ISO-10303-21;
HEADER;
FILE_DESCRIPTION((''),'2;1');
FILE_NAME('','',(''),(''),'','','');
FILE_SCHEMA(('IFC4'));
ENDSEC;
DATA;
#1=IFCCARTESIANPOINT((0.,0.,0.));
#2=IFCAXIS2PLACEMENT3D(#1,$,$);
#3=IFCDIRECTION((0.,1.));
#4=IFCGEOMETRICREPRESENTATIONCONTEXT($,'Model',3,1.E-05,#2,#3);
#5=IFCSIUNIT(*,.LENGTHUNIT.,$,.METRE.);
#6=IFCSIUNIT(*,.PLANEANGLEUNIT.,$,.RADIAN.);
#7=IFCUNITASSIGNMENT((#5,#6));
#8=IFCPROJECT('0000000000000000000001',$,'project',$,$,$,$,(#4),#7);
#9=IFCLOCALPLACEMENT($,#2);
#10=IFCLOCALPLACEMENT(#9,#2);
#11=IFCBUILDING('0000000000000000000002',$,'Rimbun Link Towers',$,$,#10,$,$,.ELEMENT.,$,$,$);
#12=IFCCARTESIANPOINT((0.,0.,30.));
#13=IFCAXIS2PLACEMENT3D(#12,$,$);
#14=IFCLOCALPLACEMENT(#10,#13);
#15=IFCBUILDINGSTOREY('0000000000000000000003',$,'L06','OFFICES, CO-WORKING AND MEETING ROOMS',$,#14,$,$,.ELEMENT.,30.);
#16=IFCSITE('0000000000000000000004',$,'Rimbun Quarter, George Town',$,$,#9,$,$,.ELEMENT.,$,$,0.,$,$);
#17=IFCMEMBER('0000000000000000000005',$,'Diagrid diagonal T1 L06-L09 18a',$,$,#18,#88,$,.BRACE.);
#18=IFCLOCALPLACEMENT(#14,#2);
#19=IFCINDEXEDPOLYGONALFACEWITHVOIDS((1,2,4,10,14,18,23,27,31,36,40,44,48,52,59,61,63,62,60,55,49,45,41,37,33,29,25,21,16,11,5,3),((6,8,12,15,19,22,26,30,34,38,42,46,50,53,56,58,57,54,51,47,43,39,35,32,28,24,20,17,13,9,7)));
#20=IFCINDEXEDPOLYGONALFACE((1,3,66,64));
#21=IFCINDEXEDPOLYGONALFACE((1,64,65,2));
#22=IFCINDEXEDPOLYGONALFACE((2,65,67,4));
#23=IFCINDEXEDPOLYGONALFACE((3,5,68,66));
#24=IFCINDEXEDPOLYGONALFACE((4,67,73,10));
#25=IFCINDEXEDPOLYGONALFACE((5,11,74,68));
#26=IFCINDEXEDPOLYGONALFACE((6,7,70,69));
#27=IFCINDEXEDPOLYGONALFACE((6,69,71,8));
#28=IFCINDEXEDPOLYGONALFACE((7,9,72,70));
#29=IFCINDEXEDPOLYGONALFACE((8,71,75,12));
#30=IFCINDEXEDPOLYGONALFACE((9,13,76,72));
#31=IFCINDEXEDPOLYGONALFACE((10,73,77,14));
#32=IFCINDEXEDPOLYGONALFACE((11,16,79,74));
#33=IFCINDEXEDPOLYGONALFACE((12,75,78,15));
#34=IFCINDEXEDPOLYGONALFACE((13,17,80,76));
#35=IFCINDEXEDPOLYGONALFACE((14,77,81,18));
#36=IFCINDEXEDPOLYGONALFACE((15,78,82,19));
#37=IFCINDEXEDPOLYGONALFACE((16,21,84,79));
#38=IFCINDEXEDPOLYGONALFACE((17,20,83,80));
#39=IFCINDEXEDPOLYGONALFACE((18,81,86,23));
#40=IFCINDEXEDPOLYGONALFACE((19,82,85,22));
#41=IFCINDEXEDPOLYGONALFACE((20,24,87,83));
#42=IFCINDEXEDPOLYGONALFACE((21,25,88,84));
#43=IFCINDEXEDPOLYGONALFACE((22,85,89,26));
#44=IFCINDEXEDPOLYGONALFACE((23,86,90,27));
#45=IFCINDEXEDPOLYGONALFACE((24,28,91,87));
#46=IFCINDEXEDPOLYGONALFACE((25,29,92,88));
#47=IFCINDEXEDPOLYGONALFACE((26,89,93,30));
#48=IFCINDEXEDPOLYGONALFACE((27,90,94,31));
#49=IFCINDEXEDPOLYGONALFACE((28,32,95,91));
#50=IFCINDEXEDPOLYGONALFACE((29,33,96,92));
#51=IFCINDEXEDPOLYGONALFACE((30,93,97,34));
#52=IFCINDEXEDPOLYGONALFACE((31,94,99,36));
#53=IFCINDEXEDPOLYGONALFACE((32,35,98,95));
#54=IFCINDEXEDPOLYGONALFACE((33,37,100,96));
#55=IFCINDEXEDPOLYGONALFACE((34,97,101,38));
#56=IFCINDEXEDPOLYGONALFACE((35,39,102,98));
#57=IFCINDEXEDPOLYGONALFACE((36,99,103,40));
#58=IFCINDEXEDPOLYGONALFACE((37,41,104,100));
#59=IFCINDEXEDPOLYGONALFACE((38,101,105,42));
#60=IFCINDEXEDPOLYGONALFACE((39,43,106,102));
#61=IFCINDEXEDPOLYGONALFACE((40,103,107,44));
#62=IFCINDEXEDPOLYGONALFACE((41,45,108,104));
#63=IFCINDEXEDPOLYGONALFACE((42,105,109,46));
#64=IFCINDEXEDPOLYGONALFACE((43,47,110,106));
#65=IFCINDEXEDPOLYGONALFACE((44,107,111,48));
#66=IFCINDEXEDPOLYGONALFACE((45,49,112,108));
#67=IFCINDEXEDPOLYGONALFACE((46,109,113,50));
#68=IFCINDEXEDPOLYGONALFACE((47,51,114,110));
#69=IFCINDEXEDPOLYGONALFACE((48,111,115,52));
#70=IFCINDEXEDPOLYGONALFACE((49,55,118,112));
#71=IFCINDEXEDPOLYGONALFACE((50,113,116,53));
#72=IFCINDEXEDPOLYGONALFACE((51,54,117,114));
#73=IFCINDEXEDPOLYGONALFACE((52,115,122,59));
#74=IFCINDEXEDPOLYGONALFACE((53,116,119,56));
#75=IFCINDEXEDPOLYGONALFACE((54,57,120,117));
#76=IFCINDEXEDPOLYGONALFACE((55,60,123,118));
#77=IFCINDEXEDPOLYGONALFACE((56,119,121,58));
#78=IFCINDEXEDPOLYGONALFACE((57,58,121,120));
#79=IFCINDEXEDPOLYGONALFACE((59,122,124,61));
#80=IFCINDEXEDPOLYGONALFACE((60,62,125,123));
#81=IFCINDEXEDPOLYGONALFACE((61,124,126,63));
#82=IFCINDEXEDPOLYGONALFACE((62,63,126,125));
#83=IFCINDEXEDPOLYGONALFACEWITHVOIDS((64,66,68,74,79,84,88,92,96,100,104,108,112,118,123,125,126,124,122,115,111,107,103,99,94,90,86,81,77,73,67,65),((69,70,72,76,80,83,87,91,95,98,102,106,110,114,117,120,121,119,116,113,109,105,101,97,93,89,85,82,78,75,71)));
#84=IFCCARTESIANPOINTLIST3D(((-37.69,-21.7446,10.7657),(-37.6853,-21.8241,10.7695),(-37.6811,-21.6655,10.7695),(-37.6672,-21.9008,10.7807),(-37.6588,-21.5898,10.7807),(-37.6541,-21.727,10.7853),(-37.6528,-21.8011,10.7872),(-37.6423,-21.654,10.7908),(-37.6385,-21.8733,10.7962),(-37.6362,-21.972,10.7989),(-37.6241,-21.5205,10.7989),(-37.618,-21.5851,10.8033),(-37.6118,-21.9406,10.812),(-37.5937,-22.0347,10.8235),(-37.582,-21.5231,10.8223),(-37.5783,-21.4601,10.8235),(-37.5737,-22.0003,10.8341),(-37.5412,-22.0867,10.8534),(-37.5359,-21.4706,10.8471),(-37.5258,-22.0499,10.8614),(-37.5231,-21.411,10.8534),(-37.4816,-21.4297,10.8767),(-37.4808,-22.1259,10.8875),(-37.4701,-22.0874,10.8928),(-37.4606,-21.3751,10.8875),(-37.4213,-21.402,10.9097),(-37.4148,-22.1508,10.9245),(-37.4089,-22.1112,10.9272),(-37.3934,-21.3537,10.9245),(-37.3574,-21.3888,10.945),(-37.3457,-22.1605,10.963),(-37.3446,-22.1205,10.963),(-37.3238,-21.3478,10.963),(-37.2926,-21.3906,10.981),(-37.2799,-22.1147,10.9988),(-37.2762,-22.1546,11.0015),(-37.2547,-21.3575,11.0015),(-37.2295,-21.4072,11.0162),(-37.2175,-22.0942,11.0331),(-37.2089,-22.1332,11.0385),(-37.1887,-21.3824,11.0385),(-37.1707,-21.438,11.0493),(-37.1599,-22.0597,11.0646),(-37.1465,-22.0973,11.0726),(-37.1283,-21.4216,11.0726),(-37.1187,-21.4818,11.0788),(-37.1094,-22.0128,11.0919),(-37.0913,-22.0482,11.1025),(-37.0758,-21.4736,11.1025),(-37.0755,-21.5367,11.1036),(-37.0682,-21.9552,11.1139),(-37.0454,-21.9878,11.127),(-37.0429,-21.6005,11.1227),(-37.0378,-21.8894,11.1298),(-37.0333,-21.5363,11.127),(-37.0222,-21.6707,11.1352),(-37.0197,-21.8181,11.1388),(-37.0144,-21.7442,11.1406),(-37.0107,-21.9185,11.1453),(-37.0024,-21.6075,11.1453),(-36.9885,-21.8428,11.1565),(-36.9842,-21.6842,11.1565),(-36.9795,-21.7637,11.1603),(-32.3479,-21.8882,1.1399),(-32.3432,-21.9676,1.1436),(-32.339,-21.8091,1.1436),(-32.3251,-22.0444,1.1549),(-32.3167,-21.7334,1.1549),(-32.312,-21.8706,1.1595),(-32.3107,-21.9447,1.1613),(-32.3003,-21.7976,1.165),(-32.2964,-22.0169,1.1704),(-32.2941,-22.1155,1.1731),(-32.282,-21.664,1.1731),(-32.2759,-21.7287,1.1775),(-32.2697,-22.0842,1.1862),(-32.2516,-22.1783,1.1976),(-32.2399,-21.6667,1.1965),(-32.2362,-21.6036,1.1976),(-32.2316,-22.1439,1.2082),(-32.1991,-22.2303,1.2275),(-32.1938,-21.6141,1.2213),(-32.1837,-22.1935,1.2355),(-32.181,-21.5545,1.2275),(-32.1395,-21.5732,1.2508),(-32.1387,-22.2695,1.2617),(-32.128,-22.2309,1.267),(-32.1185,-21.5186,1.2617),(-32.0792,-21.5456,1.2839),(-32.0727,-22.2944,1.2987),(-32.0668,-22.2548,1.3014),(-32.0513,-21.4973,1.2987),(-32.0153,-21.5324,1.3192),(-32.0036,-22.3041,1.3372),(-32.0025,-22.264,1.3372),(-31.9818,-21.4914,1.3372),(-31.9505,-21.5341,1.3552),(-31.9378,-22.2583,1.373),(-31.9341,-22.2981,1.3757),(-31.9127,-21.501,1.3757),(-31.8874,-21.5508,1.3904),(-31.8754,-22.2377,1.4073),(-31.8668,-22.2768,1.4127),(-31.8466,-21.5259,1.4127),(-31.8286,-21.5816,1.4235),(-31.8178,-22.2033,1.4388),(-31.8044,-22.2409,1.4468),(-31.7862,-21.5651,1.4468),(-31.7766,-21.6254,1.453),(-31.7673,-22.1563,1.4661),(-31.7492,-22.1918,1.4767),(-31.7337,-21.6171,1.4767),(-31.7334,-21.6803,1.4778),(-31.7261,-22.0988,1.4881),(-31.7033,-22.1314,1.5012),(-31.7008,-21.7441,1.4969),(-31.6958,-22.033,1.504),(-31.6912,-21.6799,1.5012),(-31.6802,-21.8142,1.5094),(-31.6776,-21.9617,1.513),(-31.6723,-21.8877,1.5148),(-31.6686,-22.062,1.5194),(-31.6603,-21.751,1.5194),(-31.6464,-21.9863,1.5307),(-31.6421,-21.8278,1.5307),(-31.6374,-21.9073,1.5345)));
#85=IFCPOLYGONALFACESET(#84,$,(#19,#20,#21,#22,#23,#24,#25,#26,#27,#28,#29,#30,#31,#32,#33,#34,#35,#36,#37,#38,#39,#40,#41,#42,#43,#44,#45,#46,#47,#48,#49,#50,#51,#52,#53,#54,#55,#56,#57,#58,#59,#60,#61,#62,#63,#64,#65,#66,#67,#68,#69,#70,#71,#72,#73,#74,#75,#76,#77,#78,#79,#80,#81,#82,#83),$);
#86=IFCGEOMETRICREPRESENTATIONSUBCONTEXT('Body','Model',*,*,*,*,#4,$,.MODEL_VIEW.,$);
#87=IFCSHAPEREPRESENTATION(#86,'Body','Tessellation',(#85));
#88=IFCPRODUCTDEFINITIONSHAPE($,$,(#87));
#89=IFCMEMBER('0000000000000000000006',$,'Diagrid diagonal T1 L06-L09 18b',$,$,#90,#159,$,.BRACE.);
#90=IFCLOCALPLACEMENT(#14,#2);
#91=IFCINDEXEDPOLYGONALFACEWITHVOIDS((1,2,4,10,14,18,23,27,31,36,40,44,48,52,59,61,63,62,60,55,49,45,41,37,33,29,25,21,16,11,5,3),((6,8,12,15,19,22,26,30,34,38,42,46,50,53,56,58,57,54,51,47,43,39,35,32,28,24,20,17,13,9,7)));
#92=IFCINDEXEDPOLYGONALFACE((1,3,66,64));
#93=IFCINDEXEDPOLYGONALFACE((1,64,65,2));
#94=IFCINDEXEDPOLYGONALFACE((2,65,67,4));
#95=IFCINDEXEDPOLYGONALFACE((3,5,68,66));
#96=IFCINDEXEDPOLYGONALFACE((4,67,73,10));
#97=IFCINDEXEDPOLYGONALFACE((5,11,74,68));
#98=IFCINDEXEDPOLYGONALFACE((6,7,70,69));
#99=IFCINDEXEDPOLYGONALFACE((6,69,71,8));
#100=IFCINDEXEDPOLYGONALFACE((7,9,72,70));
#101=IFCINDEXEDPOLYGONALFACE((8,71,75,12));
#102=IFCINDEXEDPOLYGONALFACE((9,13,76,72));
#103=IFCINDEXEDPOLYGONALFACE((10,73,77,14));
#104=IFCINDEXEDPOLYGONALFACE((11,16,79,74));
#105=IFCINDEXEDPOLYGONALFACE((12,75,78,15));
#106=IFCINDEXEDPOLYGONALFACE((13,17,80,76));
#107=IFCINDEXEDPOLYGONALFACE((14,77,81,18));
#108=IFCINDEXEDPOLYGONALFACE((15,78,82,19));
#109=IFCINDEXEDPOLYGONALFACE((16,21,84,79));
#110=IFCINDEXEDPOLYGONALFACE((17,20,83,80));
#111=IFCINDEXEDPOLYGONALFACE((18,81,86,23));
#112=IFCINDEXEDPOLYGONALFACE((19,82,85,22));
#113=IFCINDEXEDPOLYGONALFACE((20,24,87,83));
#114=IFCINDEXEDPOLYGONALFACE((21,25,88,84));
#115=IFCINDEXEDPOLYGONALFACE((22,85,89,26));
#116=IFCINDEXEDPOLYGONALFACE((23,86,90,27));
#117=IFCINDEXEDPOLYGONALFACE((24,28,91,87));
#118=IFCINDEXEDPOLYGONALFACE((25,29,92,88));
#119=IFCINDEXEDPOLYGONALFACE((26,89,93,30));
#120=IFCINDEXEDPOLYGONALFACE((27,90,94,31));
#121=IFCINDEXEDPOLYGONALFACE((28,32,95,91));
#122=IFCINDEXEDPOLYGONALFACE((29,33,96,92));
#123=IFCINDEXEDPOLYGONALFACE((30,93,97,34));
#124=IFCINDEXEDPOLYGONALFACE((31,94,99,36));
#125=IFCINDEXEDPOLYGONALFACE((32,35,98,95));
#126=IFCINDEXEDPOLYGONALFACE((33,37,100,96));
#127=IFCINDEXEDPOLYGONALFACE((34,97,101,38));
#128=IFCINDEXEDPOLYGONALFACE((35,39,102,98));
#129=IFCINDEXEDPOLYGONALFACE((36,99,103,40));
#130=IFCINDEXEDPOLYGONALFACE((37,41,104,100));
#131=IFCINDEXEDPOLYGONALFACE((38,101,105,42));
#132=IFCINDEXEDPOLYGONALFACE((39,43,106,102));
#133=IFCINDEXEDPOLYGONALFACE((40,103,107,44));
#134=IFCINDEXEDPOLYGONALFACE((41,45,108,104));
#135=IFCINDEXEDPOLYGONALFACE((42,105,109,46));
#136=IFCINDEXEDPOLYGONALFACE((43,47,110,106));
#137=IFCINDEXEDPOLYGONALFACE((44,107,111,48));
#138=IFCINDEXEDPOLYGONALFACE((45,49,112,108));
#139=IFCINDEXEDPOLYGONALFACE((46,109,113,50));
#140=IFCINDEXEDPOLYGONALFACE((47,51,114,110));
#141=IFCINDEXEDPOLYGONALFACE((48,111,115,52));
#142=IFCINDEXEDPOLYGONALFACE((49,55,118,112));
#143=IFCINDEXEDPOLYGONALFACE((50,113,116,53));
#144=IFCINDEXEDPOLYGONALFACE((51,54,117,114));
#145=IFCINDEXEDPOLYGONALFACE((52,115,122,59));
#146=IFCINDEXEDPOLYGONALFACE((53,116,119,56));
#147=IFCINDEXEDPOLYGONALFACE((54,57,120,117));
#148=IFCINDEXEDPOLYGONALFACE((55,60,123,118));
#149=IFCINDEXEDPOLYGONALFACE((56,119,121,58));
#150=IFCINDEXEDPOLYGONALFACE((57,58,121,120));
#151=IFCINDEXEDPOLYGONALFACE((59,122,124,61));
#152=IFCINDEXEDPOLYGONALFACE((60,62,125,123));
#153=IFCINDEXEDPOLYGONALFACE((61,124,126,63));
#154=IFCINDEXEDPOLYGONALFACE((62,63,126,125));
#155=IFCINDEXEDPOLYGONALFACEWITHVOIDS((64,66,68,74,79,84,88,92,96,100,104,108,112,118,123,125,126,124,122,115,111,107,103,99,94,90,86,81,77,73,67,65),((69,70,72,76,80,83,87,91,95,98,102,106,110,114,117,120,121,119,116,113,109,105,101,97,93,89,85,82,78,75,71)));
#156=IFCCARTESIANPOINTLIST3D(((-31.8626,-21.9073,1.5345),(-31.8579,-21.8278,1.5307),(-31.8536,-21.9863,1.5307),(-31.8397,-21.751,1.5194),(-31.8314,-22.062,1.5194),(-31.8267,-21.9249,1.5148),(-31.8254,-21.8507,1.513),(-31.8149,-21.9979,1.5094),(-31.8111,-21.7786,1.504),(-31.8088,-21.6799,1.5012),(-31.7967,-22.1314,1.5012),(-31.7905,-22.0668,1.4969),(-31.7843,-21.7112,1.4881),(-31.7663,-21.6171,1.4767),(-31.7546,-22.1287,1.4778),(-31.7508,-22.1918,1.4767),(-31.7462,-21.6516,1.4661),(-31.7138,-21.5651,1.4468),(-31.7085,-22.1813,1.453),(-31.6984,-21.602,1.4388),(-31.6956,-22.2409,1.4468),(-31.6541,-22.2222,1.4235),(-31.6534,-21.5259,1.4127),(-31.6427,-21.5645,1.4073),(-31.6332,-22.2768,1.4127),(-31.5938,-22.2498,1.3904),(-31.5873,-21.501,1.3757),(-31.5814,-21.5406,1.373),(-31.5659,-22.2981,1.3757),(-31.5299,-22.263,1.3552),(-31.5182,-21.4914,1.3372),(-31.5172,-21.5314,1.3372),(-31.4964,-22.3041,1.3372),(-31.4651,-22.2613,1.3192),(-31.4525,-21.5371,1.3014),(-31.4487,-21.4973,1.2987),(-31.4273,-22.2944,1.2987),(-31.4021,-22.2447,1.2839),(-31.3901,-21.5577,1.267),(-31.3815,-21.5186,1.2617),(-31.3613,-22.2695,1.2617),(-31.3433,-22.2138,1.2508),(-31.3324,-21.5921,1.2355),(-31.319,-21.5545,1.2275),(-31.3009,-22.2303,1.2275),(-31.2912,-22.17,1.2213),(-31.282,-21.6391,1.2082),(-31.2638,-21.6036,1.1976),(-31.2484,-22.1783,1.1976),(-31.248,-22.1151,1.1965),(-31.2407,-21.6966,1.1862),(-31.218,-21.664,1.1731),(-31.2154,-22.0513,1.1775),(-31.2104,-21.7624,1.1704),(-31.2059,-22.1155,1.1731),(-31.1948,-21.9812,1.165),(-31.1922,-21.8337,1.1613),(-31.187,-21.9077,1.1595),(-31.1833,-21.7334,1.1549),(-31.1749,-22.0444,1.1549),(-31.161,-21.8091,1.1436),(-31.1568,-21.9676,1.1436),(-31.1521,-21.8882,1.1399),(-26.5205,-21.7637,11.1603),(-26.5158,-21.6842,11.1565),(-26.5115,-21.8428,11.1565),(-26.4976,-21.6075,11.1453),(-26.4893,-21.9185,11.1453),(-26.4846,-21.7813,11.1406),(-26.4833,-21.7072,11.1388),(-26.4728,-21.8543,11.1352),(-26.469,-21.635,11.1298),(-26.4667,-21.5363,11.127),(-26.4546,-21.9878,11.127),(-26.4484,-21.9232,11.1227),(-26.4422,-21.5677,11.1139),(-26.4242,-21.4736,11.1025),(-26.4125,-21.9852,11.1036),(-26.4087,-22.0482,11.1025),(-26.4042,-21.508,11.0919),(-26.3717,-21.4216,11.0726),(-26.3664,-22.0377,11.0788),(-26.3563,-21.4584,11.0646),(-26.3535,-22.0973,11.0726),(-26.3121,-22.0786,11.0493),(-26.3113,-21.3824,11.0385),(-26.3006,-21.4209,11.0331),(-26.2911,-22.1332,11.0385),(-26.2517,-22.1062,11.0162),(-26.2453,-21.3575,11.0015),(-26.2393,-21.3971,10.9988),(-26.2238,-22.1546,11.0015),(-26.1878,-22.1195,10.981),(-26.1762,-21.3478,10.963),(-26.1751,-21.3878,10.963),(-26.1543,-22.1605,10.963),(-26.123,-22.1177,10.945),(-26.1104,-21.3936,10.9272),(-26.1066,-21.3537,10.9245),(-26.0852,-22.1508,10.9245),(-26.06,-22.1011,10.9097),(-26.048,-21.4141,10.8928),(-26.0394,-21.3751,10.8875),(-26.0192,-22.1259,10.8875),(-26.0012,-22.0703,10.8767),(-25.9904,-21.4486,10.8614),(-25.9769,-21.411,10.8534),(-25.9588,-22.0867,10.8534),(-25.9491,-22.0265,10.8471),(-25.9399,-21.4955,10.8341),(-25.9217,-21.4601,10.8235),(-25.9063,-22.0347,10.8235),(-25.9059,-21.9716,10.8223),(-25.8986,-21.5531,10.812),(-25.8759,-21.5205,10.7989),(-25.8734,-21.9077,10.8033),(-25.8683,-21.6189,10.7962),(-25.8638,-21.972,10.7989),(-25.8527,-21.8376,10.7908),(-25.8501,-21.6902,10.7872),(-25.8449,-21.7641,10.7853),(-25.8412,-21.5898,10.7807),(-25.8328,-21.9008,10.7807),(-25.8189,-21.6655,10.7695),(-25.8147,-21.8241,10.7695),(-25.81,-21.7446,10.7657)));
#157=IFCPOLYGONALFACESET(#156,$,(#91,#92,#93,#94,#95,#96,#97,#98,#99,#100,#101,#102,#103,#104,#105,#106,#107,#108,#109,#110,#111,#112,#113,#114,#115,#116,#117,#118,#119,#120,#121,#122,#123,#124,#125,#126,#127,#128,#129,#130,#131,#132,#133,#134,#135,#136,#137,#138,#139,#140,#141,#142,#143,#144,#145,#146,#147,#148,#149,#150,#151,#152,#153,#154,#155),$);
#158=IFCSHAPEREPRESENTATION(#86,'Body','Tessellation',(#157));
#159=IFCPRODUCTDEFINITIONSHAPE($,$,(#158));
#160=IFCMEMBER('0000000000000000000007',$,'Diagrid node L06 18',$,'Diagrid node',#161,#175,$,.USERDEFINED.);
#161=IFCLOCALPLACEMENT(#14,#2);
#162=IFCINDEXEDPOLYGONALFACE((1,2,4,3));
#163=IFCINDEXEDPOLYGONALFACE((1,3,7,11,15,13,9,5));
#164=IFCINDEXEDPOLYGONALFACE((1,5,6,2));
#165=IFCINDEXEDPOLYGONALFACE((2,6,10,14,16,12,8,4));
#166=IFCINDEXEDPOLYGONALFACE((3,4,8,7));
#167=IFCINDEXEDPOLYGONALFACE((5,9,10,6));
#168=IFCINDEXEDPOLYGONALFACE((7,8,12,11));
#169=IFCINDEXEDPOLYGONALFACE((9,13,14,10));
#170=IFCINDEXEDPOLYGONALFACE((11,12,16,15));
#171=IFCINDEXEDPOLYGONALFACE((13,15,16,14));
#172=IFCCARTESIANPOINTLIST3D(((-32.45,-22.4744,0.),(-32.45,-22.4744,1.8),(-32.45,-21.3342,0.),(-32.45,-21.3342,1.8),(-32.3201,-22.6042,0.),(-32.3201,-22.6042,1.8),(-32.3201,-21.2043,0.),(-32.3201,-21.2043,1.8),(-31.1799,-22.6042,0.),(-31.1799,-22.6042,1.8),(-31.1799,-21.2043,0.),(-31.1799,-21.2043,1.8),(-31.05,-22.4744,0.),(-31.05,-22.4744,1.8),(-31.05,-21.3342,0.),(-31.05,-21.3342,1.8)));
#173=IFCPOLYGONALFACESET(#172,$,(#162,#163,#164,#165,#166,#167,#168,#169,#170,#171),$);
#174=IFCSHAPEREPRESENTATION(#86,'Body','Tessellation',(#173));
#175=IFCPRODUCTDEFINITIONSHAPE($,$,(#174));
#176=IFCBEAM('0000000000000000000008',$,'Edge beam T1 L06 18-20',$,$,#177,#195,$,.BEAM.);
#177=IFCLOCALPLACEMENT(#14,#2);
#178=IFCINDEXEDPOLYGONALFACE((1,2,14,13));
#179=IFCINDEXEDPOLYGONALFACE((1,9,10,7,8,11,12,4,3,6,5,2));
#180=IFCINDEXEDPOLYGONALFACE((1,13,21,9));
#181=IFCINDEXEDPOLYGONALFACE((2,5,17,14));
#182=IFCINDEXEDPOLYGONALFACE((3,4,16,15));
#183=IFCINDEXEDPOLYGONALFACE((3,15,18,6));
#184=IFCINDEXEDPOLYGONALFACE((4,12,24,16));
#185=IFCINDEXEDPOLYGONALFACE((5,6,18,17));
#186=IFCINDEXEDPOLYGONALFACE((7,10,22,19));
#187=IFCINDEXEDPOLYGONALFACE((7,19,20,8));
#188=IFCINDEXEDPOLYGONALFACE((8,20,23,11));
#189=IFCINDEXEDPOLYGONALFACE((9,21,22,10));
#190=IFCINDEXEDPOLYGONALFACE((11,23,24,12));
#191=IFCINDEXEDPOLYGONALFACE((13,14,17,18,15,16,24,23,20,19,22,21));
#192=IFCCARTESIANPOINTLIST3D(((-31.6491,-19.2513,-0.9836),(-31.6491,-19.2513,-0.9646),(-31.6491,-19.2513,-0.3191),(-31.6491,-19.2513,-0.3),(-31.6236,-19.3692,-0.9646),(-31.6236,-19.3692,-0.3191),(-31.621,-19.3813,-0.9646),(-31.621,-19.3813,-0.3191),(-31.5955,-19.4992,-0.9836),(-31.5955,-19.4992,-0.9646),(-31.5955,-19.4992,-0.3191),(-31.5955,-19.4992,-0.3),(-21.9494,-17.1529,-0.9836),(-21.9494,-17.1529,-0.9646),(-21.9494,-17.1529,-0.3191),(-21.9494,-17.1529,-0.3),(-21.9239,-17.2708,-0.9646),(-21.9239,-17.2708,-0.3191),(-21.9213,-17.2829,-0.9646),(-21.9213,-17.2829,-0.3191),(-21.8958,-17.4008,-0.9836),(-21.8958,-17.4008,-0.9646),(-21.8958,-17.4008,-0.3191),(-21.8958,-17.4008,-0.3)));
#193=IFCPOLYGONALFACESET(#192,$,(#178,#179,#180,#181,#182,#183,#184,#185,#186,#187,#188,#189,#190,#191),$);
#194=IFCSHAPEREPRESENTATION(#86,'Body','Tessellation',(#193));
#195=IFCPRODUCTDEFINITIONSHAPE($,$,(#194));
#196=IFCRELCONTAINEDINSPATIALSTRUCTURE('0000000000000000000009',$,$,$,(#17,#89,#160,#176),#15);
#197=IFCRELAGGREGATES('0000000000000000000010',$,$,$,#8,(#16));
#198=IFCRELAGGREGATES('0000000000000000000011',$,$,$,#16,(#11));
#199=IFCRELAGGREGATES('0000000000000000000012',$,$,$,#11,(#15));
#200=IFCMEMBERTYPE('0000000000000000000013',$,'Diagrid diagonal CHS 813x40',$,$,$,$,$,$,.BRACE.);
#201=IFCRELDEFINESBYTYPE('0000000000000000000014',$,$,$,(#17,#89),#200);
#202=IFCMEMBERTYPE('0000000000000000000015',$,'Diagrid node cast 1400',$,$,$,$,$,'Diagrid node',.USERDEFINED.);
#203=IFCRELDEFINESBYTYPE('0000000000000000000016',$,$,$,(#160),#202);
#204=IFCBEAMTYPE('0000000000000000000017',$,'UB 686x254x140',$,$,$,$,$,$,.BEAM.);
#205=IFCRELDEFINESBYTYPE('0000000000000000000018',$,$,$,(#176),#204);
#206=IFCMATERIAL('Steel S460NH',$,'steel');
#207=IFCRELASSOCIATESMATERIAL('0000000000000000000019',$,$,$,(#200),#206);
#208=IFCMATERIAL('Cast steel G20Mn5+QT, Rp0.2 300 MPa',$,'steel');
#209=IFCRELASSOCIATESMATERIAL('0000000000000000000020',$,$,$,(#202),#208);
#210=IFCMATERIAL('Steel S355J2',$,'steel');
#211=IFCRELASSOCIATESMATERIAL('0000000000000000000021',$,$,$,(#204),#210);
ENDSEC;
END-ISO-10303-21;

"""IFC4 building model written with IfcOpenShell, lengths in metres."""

from ifc_helpers import new_model, si_unit, direction, frame, origin, origin_2d, place, context, subcontext, project, spatial, polyline, hollow_circle, i_section, outline, extrude, material, material_profile, profile_set, type_object, element, save


model = new_model("IFC4")

# Units and contexts
model_context = context("Model", 3, precision=1e-05, world=origin(), true_north=direction((0.0, 1.0)))
body_context = subcontext(model_context, "Body", "Model", "MODEL_VIEW")
ifc_project = project(units=[si_unit("LENGTHUNIT", "METRE"), si_unit("PLANEANGLEUNIT", "RADIAN")], contexts=[model_context])

# Site, building, storey
site_placement = place(None, origin())
site = spatial("IfcSite", under=ifc_project, at=site_placement, Name="Rimbun Quarter, George Town", CompositionType="ELEMENT", RefElevation=0.0)
building_placement = place(site_placement, origin())
building = spatial("IfcBuilding", under=site, at=building_placement, Name="Rimbun Link Towers", CompositionType="ELEMENT")
storey_placement = place(building_placement, frame((0.0, 0.0, 30.0)))
storey = spatial("IfcBuildingStorey", under=building, at=storey_placement, Name="L06", Description="OFFICES, CO-WORKING AND MEETING ROOMS", CompositionType="ELEMENT", Elevation=30.0)

# Members
ifc_material_1 = material(Name="Steel S460NH", Category="steel")
ifc_material_profile_1 = material_profile(ifc_material_1, hollow_circle(Radius=0.4065, WallThickness=0.04, at=origin_2d()), Name="Diagrid diagonal CHS 813x40")
ifc_profile_set_1 = profile_set([ifc_material_profile_1], Name="Steel S460NH")
member_type_1 = type_object("IfcMemberType", Name="Diagrid diagonal CHS 813x40", PredefinedType="BRACE", material=ifc_profile_set_1)
for number, where, z_axis, x_axis, name in (
    (1, (-31.9927, -21.8977, 1.3372), (-0.485214, 0.013039, 0.874298), (-0.026863, -0.999639, 0.0), "Diagrid diagonal T1 L06-L09 18a"),
    (2, (-31.5073, -21.8977, 1.3372), (0.485214, 0.013039, 0.874298), (-0.026863, 0.999639, 0.0), "Diagrid diagonal T1 L06-L09 18b"),
):
    element("IfcMember", number, at=place(storey_placement, frame(where, z_axis=z_axis, x_axis=x_axis)), inside=storey, type_object=member_type_1, Name=name, PredefinedType="BRACE", context=body_context, shape_type="SweptSolid", body=[
        extrude(hollow_circle(Radius=0.4065, WallThickness=0.04, at=origin_2d()), origin(), (0.0, 0.0, 1.0), 11.0098),
    ])
ifc_material_2 = material(Name="Cast steel G20Mn5+QT, Rp0.2 300 MPa", Category="steel")
ifc_material_profile_2 = material_profile(ifc_material_2, outline(polyline([(0.7, -0.5701), (0.7, 0.5701), (0.5701, 0.7), (-0.5701, 0.7), (-0.7, 0.5701), (-0.7, -0.5701), (-0.5701, -0.7), (0.5701, -0.7), (0.7, -0.5701)])), Name="NODE 1400x1400")
ifc_profile_set_2 = profile_set([ifc_material_profile_2], Name="Cast steel G20Mn5+QT, Rp0.2 300 MPa")
member_type_2 = type_object("IfcMemberType", Name="Diagrid node cast 1400", ElementType="Diagrid node", PredefinedType="USERDEFINED", material=ifc_profile_set_2)
member_1_placement = place(storey_placement, frame((-31.75, -21.9043, 0.0), z_axis=(0.0, 0.0, 1.0), x_axis=(0.0, -1.0, 0.0)))
element("IfcMember", 3, at=member_1_placement, inside=storey, type_object=member_type_2, Name="Diagrid node L06 18", ObjectType="Diagrid node", PredefinedType="USERDEFINED", context=body_context, shape_type="SweptSolid", body=[
    extrude(outline(polyline([(0.7, -0.5701), (0.7, 0.5701), (0.5701, 0.7), (-0.5701, 0.7), (-0.7, 0.5701), (-0.7, -0.5701), (-0.5701, -0.7), (0.5701, -0.7), (0.7, -0.5701)])), origin(), (0.0, 0.0, 1.0), 1.8),
])

# Beam
ifc_material_3 = material(Name="Steel S355J2", Category="steel")
ifc_material_profile_3 = material_profile(ifc_material_3, i_section(OverallWidth=0.2537, OverallDepth=0.6836, WebThickness=0.0125, FlangeThickness=0.019, at=origin_2d()), Name="UB 686x254x140")
ifc_profile_set_3 = profile_set([ifc_material_profile_3], Name="Steel S355J2")
beam_type = type_object("IfcBeamType", Name="UB 686x254x140", PredefinedType="BEAM", material=ifc_profile_set_3)
beam_placement = place(storey_placement, frame((-31.6223, -19.3752, -0.6418), z_axis=(0.97739, 0.211444, 0.0), x_axis=(-0.211444, 0.97739, 0.0)))
element("IfcBeam", 4, at=beam_placement, inside=storey, type_object=beam_type, Name="Edge beam T1 L06 18-20", PredefinedType="BEAM", context=body_context, shape_type="SweptSolid", body=[
    extrude(i_section(OverallWidth=0.2537, OverallDepth=0.6836, WebThickness=0.0125, FlangeThickness=0.019, at=origin_2d()), origin(), (0.0, 0.0, 1.0), 9.9241),
])

save(model, "model.ifc")
